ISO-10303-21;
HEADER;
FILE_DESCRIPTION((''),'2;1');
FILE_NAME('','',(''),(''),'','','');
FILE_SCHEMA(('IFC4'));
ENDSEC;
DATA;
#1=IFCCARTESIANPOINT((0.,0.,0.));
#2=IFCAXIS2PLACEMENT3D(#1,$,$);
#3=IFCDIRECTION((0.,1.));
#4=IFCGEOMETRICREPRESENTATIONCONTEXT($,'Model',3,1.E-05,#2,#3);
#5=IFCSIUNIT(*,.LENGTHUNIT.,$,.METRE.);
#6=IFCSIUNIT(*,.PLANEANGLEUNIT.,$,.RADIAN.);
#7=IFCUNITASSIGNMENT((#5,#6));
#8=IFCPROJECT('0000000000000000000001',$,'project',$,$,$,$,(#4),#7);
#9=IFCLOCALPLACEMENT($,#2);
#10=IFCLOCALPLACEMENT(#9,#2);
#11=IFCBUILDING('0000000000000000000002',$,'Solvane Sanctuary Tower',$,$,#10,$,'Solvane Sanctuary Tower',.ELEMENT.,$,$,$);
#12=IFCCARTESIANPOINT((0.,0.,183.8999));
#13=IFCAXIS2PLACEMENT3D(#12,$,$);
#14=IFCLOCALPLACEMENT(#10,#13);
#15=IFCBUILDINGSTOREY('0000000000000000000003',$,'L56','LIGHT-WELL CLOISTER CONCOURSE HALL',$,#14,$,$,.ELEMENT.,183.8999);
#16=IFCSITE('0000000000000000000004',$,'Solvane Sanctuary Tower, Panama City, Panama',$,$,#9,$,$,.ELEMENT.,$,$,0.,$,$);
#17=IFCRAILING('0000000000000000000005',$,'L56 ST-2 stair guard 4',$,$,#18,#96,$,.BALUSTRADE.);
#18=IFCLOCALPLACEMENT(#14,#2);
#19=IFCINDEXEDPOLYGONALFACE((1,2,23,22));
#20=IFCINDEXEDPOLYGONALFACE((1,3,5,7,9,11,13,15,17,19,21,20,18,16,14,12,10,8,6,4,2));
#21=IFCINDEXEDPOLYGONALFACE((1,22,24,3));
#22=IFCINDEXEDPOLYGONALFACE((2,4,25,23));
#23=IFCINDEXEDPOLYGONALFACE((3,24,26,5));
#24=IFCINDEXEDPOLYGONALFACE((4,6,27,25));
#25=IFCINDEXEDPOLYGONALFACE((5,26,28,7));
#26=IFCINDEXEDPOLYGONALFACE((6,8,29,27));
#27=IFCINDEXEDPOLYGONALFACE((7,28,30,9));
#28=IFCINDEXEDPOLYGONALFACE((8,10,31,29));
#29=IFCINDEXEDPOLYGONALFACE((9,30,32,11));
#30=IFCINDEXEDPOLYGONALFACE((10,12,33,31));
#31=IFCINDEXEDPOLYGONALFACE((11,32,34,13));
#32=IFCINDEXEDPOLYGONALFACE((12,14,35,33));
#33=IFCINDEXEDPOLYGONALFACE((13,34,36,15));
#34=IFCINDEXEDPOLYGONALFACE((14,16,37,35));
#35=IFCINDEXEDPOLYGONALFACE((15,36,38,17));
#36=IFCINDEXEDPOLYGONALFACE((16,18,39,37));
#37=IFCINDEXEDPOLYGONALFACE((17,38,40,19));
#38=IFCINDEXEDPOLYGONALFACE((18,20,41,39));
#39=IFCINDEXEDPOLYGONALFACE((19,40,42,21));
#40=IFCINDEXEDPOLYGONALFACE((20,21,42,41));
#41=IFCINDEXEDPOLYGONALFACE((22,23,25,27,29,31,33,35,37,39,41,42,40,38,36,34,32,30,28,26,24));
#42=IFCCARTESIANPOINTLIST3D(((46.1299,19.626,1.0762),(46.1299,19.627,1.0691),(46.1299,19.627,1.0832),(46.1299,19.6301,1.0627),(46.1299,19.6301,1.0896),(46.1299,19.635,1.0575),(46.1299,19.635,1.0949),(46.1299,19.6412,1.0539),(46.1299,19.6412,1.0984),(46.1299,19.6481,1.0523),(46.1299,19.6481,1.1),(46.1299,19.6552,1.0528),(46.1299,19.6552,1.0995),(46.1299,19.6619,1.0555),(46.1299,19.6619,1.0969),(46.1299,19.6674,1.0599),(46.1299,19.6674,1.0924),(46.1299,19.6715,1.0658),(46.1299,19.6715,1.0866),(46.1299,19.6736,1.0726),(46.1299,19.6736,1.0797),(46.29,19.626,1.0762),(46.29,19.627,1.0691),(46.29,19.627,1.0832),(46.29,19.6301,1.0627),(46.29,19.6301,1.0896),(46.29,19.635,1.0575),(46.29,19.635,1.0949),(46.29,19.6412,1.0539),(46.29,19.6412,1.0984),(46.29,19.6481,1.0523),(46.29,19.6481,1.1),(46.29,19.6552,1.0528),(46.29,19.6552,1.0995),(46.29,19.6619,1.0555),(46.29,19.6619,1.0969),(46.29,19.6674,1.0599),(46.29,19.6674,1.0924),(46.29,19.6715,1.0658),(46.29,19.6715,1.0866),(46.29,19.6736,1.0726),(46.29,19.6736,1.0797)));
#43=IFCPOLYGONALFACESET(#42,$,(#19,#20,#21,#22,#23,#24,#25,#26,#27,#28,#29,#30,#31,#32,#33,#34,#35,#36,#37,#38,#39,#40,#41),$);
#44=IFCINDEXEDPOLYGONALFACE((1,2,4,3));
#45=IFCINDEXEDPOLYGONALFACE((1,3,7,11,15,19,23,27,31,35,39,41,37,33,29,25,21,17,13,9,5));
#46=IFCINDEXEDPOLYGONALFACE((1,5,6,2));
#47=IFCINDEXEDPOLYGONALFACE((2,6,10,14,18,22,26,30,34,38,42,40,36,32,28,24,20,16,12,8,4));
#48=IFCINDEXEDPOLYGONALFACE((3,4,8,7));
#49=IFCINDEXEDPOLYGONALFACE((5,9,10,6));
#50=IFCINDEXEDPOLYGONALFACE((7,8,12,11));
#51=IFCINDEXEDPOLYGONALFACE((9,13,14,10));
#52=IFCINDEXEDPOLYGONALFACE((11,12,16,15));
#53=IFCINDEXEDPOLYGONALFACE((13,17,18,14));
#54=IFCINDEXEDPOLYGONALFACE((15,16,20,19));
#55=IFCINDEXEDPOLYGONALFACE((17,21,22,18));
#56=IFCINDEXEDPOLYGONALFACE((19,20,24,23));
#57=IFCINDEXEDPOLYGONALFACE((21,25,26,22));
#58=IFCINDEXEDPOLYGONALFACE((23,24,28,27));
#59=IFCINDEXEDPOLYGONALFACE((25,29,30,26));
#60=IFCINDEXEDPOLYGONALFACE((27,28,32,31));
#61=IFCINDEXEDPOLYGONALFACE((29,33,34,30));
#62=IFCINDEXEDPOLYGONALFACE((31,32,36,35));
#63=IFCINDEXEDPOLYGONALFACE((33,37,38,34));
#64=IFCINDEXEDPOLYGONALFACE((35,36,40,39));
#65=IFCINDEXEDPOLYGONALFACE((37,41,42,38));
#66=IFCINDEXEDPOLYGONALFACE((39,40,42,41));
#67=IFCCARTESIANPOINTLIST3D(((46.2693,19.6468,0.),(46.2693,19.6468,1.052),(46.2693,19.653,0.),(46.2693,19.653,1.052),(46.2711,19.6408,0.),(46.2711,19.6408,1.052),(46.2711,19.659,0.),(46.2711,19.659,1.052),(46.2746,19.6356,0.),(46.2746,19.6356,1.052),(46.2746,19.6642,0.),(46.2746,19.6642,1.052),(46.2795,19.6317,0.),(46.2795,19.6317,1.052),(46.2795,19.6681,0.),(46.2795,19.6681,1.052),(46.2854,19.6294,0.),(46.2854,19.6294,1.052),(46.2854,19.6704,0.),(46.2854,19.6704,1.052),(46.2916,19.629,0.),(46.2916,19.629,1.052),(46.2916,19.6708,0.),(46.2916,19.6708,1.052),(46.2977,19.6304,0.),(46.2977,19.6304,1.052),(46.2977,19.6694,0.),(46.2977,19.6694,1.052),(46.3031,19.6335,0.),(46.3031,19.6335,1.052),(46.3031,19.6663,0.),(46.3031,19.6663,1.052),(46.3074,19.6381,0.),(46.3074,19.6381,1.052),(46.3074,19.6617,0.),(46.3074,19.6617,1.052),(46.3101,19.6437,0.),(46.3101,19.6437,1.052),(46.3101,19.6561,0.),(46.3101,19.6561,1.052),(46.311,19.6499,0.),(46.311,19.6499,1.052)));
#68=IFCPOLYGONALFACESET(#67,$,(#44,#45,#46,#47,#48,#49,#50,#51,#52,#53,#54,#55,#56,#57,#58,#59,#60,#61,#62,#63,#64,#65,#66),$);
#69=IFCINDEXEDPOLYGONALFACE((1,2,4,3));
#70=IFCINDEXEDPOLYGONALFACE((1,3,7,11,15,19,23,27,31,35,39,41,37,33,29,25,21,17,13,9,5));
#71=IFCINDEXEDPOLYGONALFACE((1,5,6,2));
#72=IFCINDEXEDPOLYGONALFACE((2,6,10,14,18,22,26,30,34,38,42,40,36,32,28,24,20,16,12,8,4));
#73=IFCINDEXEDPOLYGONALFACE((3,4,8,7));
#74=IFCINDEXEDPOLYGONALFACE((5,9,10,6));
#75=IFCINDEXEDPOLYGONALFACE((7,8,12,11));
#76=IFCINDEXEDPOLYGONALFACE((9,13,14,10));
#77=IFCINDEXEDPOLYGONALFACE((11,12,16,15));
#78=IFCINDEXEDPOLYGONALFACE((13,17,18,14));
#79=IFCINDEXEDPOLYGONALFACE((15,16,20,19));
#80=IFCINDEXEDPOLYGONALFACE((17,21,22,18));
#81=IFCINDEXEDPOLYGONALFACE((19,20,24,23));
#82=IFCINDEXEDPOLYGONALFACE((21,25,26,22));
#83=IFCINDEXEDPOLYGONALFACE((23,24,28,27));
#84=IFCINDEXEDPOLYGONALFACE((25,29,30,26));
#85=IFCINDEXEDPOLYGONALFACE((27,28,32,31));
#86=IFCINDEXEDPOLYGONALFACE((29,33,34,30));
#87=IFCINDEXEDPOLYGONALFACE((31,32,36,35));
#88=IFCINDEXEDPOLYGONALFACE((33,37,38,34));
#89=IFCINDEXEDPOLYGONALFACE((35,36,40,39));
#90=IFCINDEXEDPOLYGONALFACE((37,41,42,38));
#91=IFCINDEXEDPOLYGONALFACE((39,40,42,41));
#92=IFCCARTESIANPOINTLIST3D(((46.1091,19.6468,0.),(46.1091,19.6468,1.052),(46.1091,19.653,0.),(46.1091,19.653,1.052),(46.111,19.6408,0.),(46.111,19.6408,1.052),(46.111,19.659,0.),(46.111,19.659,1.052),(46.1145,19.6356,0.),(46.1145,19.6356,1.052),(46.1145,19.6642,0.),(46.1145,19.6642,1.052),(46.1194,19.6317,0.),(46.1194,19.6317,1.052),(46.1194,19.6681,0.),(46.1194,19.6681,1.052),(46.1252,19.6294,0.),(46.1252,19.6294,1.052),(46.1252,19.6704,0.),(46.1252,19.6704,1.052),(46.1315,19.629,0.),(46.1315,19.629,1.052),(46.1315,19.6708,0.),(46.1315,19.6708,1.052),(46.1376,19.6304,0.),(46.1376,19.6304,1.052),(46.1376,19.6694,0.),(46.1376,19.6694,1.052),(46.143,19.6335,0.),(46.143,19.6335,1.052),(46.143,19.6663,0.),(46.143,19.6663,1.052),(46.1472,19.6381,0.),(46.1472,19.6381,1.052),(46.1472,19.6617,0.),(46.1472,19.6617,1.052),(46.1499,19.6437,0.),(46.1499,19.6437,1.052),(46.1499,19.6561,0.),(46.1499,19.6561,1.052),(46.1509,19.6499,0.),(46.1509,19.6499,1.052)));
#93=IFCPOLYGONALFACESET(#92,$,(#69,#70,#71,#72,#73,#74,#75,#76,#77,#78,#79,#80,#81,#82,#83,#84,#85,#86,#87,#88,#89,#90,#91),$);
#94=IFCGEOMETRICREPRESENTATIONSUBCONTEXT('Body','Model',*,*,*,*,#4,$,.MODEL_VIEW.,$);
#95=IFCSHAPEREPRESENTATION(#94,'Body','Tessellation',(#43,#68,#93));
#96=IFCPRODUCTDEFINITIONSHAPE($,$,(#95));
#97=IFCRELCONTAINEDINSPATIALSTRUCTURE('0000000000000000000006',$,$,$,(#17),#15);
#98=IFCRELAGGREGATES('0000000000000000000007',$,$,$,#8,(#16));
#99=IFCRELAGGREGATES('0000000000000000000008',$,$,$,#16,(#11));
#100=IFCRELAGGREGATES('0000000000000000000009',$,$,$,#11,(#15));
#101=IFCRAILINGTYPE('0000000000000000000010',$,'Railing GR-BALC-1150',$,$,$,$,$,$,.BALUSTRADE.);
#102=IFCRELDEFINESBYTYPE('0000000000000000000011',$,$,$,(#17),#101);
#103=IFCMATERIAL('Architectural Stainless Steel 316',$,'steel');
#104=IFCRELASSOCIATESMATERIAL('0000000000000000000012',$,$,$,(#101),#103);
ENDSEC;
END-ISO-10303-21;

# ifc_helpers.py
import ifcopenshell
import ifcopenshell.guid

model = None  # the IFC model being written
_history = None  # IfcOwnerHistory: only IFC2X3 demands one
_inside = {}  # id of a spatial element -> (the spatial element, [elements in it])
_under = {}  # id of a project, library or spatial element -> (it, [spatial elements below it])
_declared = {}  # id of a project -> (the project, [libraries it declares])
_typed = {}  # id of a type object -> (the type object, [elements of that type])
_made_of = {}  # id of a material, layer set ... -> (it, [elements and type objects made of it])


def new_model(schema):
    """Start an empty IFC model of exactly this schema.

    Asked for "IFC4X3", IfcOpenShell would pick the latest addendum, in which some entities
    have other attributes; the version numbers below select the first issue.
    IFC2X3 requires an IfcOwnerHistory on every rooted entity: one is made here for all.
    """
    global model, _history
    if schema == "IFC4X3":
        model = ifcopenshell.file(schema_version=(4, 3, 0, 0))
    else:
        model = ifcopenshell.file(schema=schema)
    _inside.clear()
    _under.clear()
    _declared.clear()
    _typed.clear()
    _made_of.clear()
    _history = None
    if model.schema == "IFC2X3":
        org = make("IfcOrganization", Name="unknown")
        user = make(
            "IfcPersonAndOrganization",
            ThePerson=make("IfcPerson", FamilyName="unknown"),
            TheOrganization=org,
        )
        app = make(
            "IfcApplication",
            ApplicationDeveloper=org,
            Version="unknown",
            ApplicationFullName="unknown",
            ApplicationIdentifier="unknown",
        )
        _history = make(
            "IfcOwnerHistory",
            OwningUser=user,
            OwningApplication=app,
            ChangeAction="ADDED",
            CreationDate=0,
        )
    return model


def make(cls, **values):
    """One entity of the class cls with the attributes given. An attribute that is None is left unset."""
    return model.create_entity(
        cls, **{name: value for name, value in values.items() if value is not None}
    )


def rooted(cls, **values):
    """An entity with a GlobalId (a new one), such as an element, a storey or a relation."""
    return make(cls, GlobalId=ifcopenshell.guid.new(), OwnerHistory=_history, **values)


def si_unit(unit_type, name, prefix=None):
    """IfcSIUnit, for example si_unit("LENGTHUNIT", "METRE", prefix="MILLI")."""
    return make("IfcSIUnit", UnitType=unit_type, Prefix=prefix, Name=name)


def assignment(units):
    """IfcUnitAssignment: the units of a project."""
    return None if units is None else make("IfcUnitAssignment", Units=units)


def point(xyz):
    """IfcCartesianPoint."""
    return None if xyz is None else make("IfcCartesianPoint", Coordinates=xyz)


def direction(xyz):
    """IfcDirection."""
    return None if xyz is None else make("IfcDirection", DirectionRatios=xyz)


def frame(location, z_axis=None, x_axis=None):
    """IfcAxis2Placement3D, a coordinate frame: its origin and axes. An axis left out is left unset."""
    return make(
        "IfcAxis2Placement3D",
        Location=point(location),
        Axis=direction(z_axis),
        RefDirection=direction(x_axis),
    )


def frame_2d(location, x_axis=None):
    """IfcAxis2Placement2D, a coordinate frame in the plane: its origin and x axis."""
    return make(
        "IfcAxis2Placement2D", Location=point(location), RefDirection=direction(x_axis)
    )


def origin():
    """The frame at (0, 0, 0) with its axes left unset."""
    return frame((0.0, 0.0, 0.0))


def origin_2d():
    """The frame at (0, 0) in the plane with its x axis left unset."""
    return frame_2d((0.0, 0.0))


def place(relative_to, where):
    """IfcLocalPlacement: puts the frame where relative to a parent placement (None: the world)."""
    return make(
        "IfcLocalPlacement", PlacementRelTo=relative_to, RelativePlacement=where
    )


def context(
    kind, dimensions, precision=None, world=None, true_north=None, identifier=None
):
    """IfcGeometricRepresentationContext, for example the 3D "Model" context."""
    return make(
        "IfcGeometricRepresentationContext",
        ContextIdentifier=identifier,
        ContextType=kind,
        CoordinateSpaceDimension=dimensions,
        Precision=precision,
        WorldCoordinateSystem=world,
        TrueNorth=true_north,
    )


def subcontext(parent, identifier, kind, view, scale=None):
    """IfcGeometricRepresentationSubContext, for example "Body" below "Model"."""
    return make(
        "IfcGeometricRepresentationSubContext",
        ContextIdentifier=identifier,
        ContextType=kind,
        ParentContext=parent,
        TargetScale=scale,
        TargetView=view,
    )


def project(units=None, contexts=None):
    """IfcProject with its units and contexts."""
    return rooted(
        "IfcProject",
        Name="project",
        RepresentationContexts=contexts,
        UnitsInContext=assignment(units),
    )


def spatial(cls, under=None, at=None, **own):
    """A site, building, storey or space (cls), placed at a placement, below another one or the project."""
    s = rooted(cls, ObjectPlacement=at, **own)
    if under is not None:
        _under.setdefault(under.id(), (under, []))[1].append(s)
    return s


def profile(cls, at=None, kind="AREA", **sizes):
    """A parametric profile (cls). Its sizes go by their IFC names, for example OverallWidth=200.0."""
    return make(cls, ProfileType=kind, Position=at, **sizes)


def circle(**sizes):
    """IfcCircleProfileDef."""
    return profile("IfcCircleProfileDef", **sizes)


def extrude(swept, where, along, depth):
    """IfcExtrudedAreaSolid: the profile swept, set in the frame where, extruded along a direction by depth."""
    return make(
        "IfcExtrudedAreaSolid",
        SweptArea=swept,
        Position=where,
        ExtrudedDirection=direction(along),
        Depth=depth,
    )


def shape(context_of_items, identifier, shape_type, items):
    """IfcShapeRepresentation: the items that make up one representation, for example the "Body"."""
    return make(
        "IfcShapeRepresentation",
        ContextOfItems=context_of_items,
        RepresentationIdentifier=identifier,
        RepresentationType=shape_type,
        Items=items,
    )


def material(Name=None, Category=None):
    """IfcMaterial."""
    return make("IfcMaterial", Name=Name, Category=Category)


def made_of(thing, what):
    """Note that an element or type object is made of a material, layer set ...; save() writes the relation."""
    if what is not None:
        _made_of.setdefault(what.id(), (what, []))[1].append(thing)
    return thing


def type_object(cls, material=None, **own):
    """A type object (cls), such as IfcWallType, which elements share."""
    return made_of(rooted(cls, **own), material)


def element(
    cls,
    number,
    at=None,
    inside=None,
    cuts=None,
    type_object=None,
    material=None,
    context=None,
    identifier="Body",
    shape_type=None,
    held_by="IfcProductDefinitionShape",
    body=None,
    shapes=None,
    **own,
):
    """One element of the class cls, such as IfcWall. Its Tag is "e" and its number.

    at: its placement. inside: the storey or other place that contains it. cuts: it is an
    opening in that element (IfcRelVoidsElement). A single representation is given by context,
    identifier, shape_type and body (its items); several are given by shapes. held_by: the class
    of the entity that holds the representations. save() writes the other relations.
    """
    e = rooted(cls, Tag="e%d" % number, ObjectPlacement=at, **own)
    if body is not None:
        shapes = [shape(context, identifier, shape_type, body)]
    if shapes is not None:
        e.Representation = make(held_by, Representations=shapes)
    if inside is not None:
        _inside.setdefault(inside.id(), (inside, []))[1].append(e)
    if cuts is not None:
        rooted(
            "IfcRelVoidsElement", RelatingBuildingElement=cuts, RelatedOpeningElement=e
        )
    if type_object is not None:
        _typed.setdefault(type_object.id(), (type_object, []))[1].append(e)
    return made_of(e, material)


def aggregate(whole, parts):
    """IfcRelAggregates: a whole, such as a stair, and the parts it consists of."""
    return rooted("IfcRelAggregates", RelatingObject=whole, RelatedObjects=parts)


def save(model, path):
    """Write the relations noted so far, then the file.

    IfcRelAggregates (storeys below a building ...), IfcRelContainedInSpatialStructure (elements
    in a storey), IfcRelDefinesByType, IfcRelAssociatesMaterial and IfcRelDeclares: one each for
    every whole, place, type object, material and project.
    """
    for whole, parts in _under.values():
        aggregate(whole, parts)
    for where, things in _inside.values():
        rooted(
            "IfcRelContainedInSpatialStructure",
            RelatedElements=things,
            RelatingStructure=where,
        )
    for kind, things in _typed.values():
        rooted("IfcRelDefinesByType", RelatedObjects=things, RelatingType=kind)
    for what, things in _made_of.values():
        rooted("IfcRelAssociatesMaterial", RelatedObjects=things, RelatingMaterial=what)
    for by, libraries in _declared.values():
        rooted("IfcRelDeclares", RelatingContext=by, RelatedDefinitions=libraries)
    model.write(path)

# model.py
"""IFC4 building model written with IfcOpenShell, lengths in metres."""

from ifc_helpers import new_model, si_unit, direction, frame, origin, origin_2d, place, context, subcontext, project, spatial, circle, extrude, material, type_object, element, save


model = new_model("IFC4")

# Units and contexts
model_context = context("Model", 3, precision=1e-05, world=origin(), true_north=direction((0.0, 1.0)))
body_context = subcontext(model_context, "Body", "Model", "MODEL_VIEW")
ifc_project = project(units=[si_unit("LENGTHUNIT", "METRE"), si_unit("PLANEANGLEUNIT", "RADIAN")], contexts=[model_context])

# Site, building, storey
site_placement = place(None, origin())
site = spatial("IfcSite", under=ifc_project, at=site_placement, Name="Solvane Sanctuary Tower, Panama City, Panama", CompositionType="ELEMENT", RefElevation=0.0)
building_placement = place(site_placement, origin())
building = spatial("IfcBuilding", under=site, at=building_placement, Name="Solvane Sanctuary Tower", LongName="Solvane Sanctuary Tower", CompositionType="ELEMENT")
storey_placement = place(building_placement, frame((0.0, 0.0, 183.8999)))
storey = spatial("IfcBuildingStorey", under=building, at=storey_placement, Name="L56", Description="LIGHT-WELL CLOISTER CONCOURSE HALL", CompositionType="ELEMENT", Elevation=183.8999)

# Shared definitions
ifc_material_1 = material(Name="Architectural Stainless Steel 316", Category="steel")

# Railing
railing_type_1 = type_object("IfcRailingType", Name="Railing GR-BALC-1150", PredefinedType="BALUSTRADE", material=ifc_material_1)
railing_1_placement = place(storey_placement, frame((46.29, 19.6499, 0.0)))
element("IfcRailing", 1, at=railing_1_placement, inside=storey, type_object=railing_type_1, Name="L56 ST-2 stair guard 4", PredefinedType="BALUSTRADE", context=body_context, shape_type="SweptSolid", body=[
    extrude(circle(Radius=0.0239, at=origin_2d()), frame((0.0, 0.0, 1.0762), z_axis=(-1.0, 0.0, 0.0), x_axis=(0.0, -1.0, 0.0)), (0.0, 0.0, 1.0), 0.1602),
    extrude(circle(Radius=0.021, at=origin_2d()), origin(), (0.0, 0.0, 1.0), 1.052),
    extrude(circle(Radius=0.021, at=origin_2d()), frame((-0.1602, 0.0, 0.0)), (0.0, 0.0, 1.0), 1.052),
])

save(model, "model.ifc")
